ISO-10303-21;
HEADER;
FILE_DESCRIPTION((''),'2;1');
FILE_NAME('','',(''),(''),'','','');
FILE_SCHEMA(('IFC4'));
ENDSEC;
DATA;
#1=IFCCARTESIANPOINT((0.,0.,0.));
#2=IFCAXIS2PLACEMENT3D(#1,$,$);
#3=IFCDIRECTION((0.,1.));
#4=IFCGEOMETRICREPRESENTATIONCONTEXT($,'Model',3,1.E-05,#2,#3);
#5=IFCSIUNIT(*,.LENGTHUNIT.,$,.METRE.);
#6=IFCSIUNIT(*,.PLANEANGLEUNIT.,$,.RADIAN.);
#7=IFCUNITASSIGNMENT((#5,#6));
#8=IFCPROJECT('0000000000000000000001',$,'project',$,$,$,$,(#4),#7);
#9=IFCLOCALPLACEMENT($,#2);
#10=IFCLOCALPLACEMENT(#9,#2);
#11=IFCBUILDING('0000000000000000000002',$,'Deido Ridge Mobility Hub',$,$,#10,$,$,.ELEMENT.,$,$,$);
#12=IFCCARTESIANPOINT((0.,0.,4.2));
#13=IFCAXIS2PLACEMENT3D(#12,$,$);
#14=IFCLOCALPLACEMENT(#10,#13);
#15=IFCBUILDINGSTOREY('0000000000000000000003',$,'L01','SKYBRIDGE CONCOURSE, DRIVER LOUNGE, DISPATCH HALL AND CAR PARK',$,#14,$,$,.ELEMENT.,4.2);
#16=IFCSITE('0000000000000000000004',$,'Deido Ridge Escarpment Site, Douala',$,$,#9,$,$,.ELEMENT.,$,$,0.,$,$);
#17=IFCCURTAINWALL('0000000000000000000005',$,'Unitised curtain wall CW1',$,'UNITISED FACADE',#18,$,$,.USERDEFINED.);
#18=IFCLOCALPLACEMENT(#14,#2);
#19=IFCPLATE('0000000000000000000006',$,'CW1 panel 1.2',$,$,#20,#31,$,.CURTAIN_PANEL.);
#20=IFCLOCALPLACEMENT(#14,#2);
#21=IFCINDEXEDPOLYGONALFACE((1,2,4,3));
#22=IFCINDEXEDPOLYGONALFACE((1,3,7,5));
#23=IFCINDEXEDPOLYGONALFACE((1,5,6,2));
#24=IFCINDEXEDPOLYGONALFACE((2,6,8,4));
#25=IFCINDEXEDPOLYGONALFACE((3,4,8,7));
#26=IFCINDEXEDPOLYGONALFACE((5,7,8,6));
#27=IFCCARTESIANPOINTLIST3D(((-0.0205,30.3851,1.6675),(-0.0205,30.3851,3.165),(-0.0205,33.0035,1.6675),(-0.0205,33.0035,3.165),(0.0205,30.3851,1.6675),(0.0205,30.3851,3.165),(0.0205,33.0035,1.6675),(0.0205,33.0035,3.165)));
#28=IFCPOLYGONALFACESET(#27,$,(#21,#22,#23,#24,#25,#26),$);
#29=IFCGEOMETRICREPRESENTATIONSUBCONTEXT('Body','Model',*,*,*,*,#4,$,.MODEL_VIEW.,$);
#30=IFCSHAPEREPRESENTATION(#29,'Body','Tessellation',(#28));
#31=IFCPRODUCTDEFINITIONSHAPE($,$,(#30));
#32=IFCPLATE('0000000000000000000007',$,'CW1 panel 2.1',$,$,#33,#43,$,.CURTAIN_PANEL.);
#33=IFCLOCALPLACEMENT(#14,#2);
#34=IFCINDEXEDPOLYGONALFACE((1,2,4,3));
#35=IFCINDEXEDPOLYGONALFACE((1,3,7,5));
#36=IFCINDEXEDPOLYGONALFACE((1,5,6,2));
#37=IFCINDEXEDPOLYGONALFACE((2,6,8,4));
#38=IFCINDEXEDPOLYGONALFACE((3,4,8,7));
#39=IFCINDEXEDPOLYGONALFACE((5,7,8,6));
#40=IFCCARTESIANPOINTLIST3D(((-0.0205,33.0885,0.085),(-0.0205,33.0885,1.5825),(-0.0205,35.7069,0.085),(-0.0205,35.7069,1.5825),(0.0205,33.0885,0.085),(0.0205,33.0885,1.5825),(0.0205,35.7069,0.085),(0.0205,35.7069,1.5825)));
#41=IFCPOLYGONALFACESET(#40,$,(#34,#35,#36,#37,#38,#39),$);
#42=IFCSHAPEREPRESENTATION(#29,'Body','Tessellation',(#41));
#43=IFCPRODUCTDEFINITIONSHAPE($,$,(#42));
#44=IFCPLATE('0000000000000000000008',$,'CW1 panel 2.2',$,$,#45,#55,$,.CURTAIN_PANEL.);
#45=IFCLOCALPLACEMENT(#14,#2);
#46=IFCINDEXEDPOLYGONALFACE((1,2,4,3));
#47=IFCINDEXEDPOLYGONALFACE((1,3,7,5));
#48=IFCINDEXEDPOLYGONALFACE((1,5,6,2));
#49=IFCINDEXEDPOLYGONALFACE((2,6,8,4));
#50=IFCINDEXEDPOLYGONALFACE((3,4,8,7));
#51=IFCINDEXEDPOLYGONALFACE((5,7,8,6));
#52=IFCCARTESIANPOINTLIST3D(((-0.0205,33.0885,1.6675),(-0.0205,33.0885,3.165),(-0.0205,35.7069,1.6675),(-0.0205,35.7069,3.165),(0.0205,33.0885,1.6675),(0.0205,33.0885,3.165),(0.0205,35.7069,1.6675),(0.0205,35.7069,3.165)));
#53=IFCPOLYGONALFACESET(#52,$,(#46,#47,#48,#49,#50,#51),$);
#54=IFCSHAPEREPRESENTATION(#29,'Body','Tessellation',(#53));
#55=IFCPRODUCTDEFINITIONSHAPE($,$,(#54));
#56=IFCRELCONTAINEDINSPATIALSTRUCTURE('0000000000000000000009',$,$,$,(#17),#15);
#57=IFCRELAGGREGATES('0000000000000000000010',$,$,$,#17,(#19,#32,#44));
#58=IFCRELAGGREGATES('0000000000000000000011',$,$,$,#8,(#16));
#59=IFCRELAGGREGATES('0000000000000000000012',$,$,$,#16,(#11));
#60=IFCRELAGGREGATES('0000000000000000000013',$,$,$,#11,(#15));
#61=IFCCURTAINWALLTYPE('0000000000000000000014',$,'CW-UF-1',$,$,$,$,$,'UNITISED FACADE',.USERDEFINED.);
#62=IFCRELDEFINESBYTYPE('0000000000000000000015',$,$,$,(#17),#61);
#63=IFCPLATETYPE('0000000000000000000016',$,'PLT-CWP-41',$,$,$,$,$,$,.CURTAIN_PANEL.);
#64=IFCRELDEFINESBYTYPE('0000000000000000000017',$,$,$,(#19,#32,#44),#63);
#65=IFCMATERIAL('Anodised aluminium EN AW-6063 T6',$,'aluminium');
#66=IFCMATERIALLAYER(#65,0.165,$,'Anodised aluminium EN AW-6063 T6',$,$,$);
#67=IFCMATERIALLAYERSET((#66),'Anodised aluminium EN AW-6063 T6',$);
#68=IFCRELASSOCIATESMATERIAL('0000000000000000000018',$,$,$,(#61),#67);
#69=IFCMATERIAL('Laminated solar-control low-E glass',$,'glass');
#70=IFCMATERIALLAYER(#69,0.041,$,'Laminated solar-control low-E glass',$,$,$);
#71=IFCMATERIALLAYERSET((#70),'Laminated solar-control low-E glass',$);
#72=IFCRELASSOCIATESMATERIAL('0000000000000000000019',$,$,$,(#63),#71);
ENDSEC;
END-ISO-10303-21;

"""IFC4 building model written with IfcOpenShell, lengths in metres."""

from ifc_helpers import new_model, si_unit, direction, frame, origin, origin_2d, place, context, subcontext, project, spatial, rectangle, extrude, material, layer, layer_set, type_object, element, aggregate, save


model = new_model("IFC4")

# Units and contexts
model_context = context("Model", 3, precision=1e-05, world=origin(), true_north=direction((0.0, 1.0)))
body_context = subcontext(model_context, "Body", "Model", "MODEL_VIEW")
ifc_project = project(units=[si_unit("LENGTHUNIT", "METRE"), si_unit("PLANEANGLEUNIT", "RADIAN")], contexts=[model_context])

# Site, building, storey
site_placement = place(None, origin())
site = spatial("IfcSite", under=ifc_project, at=site_placement, Name="Deido Ridge Escarpment Site, Douala", CompositionType="ELEMENT", RefElevation=0.0)
building_placement = place(site_placement, origin())
building = spatial("IfcBuilding", under=site, at=building_placement, Name="Deido Ridge Mobility Hub", CompositionType="ELEMENT")
storey_placement = place(building_placement, frame((0.0, 0.0, 4.2)))
storey = spatial("IfcBuildingStorey", under=building, at=storey_placement, Name="L01", Description="SKYBRIDGE CONCOURSE, DRIVER LOUNGE, DISPATCH HALL AND CAR PARK", CompositionType="ELEMENT", Elevation=4.2)

# Shared definitions
ifc_material_1 = material(Name="Anodised aluminium EN AW-6063 T6", Category="aluminium")

# Curtain wall
ifc_layer_1 = layer(ifc_material_1, 0.165, Name="Anodised aluminium EN AW-6063 T6")
ifc_layer_set_1 = layer_set([ifc_layer_1], Name="Anodised aluminium EN AW-6063 T6")
curtain_wall_type_1 = type_object("IfcCurtainWallType", Name="CW-UF-1", ElementType="UNITISED FACADE", PredefinedType="USERDEFINED", material=ifc_layer_set_1)
curtain_wall_1_placement = place(storey_placement, origin())
curtain_wall_1 = element("IfcCurtainWall", 1, at=curtain_wall_1_placement, inside=storey, type_object=curtain_wall_type_1, Name="Unitised curtain wall CW1", ObjectType="UNITISED FACADE", PredefinedType="USERDEFINED")

# Plates
ifc_material_2 = material(Name="Laminated solar-control low-E glass", Category="glass")
ifc_layer_2 = layer(ifc_material_2, 0.041, Name="Laminated solar-control low-E glass")
ifc_layer_set_2 = layer_set([ifc_layer_2], Name="Laminated solar-control low-E glass")
plate_type_1 = type_object("IfcPlateType", Name="PLT-CWP-41", PredefinedType="CURTAIN_PANEL", material=ifc_layer_set_2)
plate_1_placement = place(storey_placement, frame((0.0, 31.6943, 1.6675), z_axis=(0.0, 0.0, 1.0), x_axis=(0.0, 1.0, 0.0)))
plate_1 = element("IfcPlate", 2, at=plate_1_placement, type_object=plate_type_1, Name="CW1 panel 1.2", PredefinedType="CURTAIN_PANEL", context=body_context, shape_type="SweptSolid", body=[
    extrude(rectangle(XDim=2.6184, YDim=0.041, at=origin_2d()), origin(), (0.0, 0.0, 1.0), 1.4976),
])
plate_2_placement = place(storey_placement, frame((0.0, 34.3977, 0.085), z_axis=(0.0, 0.0, 1.0), x_axis=(0.0, 1.0, 0.0)))
plate_2 = element("IfcPlate", 3, at=plate_2_placement, type_object=plate_type_1, Name="CW1 panel 2.1", PredefinedType="CURTAIN_PANEL", context=body_context, shape_type="SweptSolid", body=[
    extrude(rectangle(XDim=2.6184, YDim=0.041, at=origin_2d()), origin(), (0.0, 0.0, 1.0), 1.4976),
])
plate_3_placement = place(storey_placement, frame((0.0, 34.3977, 1.6675), z_axis=(0.0, 0.0, 1.0), x_axis=(0.0, 1.0, 0.0)))
plate_3 = element("IfcPlate", 4, at=plate_3_placement, type_object=plate_type_1, Name="CW1 panel 2.2", PredefinedType="CURTAIN_PANEL", context=body_context, shape_type="SweptSolid", body=[
    extrude(rectangle(XDim=2.6184, YDim=0.041, at=origin_2d()), origin(), (0.0, 0.0, 1.0), 1.4976),
])
aggregate(curtain_wall_1, [plate_1, plate_2, plate_3])

save(model, "model.ifc")
